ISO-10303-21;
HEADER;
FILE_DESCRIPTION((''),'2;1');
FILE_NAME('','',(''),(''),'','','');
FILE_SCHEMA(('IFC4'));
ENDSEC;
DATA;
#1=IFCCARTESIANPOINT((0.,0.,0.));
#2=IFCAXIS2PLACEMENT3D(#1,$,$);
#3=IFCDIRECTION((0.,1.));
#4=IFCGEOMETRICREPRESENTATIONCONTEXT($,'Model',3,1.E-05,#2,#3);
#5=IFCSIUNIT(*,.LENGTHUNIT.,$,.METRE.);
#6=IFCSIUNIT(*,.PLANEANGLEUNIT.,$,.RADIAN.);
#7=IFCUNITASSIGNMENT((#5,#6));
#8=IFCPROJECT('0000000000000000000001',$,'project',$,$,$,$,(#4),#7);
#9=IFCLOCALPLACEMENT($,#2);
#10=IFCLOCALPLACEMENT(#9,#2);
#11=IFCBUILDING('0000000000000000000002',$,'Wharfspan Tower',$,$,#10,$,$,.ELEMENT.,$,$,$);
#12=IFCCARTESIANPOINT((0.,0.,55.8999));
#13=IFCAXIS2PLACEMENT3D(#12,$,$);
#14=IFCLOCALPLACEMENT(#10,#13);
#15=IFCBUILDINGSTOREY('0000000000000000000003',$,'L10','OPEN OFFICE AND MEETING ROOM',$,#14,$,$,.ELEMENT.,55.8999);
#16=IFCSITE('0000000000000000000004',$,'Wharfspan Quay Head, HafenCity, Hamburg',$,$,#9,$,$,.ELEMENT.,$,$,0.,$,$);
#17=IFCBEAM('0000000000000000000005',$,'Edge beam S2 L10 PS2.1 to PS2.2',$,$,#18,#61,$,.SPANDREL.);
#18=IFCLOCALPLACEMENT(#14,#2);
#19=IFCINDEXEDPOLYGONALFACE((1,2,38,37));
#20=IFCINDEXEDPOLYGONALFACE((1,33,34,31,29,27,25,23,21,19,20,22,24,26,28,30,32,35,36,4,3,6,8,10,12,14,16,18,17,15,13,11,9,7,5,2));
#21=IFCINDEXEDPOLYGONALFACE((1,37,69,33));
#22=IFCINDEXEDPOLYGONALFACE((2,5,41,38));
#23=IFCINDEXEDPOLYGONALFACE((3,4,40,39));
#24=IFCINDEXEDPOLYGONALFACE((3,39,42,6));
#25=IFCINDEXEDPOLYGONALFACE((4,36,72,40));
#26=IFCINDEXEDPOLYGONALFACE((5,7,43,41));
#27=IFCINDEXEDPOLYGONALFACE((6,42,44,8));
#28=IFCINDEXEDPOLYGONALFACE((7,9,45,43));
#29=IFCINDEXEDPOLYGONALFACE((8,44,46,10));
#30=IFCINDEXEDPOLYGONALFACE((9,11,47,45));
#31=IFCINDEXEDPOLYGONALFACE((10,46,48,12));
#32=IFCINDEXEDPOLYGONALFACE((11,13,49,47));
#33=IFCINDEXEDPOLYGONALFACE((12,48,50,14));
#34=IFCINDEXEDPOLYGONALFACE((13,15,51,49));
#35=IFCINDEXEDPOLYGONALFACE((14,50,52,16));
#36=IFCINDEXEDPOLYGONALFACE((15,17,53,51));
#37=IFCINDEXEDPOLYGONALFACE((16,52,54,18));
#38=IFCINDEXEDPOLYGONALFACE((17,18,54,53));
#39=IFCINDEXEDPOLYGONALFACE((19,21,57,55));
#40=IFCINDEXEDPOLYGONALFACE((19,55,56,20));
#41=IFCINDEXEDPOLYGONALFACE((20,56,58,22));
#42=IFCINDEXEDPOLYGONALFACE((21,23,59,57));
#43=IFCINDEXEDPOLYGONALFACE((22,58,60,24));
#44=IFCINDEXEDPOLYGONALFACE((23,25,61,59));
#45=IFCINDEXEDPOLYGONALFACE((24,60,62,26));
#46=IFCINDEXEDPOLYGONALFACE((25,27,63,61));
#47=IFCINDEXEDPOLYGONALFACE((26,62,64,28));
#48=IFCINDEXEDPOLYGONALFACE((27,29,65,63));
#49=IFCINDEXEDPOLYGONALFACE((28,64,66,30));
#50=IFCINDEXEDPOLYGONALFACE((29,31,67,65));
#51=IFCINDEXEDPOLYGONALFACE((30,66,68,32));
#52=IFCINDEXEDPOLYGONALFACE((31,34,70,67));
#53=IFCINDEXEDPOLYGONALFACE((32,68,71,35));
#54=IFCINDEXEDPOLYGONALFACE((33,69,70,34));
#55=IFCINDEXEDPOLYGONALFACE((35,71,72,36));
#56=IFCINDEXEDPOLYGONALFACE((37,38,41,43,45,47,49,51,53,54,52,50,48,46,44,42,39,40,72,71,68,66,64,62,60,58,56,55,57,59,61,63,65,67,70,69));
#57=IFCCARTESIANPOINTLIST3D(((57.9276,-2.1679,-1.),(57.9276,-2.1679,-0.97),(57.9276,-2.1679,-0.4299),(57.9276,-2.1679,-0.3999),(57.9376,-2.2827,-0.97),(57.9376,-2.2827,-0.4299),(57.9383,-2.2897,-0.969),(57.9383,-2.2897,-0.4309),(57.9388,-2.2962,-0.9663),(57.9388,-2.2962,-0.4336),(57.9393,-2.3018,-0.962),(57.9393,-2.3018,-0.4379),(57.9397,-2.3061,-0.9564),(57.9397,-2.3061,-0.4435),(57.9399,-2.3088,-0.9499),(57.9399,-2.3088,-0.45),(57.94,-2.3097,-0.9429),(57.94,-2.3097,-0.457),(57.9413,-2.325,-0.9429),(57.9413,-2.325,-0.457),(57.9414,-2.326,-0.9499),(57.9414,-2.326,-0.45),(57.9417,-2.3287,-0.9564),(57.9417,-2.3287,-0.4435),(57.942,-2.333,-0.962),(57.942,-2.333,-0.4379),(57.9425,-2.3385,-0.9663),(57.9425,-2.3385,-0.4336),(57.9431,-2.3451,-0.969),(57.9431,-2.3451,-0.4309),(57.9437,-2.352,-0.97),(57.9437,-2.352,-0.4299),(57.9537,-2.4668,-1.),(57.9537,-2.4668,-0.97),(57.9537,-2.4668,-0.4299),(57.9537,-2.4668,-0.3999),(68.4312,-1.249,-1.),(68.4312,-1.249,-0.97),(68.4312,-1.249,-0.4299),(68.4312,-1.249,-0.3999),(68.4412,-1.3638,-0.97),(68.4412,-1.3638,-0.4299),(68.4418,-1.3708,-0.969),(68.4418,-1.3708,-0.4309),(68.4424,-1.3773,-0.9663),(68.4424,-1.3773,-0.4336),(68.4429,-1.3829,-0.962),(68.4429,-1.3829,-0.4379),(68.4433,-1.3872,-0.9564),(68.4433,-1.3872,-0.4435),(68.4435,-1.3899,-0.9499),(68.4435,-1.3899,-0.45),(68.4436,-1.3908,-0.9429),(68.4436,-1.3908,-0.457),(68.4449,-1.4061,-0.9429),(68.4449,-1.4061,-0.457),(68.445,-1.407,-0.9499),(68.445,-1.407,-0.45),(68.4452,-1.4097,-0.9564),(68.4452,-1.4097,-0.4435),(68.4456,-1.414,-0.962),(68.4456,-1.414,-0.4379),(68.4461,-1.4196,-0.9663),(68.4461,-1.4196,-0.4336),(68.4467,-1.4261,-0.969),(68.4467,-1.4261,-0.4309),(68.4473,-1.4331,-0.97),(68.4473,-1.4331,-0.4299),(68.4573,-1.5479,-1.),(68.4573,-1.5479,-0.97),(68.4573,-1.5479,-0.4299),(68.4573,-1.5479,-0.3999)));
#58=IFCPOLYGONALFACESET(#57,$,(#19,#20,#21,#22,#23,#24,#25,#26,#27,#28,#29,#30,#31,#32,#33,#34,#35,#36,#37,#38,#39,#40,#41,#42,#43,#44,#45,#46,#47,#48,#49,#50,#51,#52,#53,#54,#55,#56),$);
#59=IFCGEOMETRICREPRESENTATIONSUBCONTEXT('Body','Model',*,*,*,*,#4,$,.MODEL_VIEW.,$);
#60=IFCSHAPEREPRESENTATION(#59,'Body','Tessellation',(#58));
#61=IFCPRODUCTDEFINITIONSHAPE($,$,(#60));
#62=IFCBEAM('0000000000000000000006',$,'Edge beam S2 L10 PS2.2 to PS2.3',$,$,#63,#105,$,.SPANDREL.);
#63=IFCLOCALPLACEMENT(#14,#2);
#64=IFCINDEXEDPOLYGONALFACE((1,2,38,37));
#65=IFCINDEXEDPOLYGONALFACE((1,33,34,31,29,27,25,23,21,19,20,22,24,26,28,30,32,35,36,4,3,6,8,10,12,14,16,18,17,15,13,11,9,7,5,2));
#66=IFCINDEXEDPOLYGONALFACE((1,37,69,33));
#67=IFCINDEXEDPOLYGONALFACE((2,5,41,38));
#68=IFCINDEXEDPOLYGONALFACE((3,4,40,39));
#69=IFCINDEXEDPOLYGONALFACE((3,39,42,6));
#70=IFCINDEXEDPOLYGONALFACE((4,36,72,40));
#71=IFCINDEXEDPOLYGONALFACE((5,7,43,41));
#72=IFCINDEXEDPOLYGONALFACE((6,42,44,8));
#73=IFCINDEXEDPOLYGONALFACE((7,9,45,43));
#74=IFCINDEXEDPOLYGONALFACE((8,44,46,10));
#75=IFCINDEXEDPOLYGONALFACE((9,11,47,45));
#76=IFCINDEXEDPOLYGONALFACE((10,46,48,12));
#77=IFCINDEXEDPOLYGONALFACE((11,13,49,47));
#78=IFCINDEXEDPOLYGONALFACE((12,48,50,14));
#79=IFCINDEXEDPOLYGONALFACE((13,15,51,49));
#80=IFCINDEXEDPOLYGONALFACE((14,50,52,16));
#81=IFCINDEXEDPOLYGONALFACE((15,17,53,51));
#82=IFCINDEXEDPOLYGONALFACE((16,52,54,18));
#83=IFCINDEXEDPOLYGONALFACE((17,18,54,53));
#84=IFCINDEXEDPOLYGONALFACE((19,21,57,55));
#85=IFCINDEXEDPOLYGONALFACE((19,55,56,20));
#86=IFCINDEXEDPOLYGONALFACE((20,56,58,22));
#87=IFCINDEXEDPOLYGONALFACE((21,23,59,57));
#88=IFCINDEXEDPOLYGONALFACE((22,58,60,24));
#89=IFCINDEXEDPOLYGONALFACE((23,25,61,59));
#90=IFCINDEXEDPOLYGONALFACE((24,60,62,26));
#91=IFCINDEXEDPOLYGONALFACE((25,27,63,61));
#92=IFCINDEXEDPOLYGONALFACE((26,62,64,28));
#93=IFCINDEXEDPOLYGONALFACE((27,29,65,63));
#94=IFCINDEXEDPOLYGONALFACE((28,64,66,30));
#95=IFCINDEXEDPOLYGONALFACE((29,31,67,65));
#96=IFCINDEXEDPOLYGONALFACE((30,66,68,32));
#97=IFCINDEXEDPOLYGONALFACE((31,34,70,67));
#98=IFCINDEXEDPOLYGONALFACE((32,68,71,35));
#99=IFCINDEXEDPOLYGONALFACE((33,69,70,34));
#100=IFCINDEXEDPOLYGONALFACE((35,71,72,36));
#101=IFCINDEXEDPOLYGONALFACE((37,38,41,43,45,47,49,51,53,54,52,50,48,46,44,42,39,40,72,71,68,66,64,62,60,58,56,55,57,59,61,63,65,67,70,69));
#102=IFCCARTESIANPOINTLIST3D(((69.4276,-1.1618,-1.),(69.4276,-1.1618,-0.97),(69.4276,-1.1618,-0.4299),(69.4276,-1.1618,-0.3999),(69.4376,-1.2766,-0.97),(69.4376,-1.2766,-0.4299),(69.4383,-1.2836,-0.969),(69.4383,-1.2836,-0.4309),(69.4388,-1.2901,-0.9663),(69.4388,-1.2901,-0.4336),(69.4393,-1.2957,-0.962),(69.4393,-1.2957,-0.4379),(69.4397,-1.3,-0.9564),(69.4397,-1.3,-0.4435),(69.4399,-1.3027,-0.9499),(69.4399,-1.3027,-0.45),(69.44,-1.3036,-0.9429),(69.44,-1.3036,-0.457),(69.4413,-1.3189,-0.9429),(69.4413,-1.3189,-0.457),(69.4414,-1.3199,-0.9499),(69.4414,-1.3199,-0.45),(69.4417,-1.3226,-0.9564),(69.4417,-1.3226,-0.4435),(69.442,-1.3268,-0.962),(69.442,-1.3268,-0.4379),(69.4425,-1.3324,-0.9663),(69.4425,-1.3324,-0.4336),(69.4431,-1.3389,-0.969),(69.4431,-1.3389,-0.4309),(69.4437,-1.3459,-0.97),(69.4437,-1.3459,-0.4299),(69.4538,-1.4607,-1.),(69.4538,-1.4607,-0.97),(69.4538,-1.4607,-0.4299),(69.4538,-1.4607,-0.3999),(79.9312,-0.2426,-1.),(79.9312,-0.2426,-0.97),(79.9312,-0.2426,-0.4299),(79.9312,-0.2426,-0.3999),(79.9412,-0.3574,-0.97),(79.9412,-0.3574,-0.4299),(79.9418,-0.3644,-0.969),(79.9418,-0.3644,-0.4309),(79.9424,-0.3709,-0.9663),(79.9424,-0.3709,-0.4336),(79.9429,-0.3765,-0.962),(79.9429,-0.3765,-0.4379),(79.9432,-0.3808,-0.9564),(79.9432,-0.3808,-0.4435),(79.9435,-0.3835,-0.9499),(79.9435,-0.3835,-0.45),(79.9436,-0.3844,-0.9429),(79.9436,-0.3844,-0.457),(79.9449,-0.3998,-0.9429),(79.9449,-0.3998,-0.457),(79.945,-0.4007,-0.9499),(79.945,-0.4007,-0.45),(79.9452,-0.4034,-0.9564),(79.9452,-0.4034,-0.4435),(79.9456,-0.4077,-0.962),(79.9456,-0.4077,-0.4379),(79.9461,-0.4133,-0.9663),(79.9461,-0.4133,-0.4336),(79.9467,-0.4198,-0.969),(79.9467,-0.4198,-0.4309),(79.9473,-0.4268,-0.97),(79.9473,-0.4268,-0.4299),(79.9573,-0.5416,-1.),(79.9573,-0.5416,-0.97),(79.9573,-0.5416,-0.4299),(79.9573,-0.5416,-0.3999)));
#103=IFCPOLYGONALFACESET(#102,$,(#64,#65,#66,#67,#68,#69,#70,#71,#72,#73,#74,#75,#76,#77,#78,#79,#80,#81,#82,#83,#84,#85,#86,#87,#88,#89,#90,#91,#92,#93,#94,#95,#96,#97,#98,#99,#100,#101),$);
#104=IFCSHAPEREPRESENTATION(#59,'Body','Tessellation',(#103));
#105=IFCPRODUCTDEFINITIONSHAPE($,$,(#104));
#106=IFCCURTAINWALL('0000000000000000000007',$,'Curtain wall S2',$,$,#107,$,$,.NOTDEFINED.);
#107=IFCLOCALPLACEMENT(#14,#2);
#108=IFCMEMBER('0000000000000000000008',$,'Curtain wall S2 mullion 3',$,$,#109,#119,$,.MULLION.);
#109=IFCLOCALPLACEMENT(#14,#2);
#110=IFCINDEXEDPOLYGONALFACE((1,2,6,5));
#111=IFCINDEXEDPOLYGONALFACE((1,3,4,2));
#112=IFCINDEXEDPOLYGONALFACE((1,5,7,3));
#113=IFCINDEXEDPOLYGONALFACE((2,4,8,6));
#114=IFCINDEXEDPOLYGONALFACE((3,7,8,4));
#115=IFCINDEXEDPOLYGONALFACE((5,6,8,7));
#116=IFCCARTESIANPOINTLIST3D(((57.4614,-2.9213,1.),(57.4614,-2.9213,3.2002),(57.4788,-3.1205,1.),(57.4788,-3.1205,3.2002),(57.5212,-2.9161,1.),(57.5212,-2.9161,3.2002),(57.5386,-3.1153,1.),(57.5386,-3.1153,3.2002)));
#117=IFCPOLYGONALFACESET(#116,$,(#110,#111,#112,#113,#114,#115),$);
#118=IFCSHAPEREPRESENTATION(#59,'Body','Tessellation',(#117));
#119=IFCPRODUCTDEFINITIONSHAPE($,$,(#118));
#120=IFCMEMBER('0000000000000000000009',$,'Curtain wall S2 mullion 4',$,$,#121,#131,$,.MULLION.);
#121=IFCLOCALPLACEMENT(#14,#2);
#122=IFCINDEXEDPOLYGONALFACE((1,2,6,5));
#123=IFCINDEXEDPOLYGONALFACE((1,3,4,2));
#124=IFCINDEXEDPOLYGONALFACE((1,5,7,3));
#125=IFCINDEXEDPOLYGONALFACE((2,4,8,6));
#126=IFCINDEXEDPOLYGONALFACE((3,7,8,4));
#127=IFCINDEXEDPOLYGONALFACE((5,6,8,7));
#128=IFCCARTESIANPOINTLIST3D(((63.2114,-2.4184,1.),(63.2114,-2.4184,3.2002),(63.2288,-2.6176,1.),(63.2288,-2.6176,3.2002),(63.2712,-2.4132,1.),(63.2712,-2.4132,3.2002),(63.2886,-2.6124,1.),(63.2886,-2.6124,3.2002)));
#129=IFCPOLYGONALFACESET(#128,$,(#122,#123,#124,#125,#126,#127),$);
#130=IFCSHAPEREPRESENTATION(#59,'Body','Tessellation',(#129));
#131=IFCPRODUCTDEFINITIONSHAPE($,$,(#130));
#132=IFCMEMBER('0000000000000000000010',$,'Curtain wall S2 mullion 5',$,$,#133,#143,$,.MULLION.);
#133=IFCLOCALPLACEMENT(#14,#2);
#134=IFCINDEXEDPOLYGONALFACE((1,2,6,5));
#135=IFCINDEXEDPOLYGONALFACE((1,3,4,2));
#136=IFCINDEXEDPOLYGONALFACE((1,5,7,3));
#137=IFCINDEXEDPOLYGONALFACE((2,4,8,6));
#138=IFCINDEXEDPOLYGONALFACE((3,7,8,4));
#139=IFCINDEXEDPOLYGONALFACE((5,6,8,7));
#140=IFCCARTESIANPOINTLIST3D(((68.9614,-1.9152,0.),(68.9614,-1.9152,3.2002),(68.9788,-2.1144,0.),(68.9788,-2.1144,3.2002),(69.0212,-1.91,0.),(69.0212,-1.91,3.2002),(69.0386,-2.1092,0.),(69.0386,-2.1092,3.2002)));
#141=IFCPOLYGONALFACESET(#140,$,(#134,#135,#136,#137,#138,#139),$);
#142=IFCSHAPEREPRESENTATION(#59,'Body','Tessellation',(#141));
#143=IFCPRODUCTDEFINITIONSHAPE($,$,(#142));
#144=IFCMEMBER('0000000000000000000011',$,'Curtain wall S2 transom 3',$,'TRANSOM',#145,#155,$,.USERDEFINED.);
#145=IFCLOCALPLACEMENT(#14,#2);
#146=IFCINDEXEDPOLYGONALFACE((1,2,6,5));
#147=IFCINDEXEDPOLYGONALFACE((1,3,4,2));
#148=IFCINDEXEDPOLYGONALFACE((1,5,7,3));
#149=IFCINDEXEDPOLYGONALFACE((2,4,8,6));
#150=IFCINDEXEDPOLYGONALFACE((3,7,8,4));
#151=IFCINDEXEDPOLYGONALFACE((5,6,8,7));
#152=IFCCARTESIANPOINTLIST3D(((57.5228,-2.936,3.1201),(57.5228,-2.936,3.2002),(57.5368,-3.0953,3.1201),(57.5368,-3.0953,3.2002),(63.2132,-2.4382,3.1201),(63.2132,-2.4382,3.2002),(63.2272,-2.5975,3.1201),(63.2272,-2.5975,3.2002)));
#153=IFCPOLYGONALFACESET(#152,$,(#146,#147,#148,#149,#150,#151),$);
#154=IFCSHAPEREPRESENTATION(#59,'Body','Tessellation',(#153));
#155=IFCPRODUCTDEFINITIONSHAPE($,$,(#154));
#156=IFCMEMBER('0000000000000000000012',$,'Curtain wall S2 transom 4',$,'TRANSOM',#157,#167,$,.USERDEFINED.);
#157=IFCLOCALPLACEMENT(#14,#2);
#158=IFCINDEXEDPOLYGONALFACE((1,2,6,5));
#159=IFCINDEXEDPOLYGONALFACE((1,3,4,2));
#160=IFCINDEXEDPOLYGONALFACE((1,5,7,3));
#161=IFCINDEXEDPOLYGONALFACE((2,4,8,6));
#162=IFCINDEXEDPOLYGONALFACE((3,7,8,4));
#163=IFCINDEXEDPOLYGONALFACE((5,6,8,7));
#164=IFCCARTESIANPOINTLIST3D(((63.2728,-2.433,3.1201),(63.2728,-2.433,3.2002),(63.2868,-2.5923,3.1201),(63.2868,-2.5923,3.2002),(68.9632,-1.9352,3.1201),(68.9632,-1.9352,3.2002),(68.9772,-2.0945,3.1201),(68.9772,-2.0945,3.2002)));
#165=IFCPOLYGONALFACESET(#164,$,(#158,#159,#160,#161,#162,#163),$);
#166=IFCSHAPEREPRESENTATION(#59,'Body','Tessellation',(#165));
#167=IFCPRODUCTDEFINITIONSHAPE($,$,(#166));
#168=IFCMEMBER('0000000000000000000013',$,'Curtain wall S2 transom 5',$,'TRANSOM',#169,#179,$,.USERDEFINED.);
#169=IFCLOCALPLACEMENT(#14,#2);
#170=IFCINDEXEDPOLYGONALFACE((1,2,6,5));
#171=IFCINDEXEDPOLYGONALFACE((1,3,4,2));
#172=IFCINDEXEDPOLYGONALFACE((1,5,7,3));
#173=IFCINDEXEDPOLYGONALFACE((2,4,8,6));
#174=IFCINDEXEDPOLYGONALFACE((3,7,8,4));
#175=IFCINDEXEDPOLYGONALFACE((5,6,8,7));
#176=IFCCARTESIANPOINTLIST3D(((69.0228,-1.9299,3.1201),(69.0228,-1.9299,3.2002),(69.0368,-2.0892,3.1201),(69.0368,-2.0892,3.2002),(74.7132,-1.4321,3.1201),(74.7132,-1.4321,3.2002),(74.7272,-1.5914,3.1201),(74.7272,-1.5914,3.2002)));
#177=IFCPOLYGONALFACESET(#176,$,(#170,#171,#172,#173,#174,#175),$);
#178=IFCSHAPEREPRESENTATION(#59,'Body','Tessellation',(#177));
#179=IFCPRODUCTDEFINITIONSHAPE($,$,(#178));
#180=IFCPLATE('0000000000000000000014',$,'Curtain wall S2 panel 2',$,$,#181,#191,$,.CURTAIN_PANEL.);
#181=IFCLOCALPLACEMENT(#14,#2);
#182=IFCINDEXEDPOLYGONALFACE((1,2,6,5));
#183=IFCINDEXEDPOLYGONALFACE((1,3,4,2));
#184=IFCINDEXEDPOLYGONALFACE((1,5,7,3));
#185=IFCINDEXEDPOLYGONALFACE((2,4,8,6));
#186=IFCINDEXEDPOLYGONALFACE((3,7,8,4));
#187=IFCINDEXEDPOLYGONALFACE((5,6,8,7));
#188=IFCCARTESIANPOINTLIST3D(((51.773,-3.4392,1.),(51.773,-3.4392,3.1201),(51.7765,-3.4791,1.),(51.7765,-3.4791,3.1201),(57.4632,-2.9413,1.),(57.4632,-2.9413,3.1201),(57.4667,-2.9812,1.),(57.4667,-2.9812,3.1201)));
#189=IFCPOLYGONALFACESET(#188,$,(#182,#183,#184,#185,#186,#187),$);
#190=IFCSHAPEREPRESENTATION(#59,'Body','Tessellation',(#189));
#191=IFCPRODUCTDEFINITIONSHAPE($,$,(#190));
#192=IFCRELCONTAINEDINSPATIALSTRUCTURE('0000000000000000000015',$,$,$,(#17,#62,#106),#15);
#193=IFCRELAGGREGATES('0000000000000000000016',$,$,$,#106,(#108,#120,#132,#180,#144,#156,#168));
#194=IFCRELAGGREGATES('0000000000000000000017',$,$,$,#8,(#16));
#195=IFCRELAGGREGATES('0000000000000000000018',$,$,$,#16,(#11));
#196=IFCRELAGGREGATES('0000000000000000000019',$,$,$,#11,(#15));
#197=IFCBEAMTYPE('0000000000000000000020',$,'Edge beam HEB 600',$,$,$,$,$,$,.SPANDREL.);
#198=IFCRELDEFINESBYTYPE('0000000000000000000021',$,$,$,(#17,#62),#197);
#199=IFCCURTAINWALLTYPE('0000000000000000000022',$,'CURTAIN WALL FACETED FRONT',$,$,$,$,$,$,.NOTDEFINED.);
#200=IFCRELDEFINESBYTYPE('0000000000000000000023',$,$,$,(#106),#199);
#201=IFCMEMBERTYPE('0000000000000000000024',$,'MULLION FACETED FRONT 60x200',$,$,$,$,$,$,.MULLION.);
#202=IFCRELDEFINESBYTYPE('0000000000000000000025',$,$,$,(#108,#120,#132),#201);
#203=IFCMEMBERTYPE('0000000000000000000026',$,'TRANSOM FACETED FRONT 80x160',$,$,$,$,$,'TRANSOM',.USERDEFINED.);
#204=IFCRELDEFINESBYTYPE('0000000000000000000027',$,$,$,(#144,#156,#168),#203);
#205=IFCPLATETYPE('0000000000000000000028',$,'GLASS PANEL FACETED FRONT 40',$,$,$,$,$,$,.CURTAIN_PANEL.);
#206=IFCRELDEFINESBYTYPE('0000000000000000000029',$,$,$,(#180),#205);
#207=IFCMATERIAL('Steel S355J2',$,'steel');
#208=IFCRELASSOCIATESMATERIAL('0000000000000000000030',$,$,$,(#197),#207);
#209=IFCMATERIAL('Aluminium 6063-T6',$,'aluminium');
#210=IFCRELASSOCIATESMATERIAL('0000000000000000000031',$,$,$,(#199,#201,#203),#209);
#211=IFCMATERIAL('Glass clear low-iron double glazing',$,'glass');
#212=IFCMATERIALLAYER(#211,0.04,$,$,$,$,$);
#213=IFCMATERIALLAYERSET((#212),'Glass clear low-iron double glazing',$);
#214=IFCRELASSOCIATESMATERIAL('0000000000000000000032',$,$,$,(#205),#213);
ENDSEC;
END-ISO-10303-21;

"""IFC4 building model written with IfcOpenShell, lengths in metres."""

from ifc_helpers import new_model, si_unit, direction, frame, origin, origin_2d, place, context, subcontext, project, spatial, rectangle, i_section, extrude, material, layer, layer_set, material_profile, profile_set, type_object, element, aggregate, save


model = new_model("IFC4")

# Units and contexts
model_context = context("Model", 3, precision=1e-05, world=origin(), true_north=direction((0.0, 1.0)))
body_context = subcontext(model_context, "Body", "Model", "MODEL_VIEW")
ifc_project = project(units=[si_unit("LENGTHUNIT", "METRE"), si_unit("PLANEANGLEUNIT", "RADIAN")], contexts=[model_context])

# Site, building, storey
site_placement = place(None, origin())
site = spatial("IfcSite", under=ifc_project, at=site_placement, Name="Wharfspan Quay Head, HafenCity, Hamburg", CompositionType="ELEMENT", RefElevation=0.0)
building_placement = place(site_placement, origin())
building = spatial("IfcBuilding", under=site, at=building_placement, Name="Wharfspan Tower", CompositionType="ELEMENT")
storey_placement = place(building_placement, frame((0.0, 0.0, 55.8999)))
storey = spatial("IfcBuildingStorey", under=building, at=storey_placement, Name="L10", Description="OPEN OFFICE AND MEETING ROOM", CompositionType="ELEMENT", Elevation=55.8999)

# Shared definitions
ifc_material_1 = material(Name="Steel S355J2", Category="steel")

# Beams
ifc_material_profile_1 = material_profile(ifc_material_1, i_section(OverallWidth=0.3, OverallDepth=0.6001, WebThickness=0.0154, FlangeThickness=0.03, FilletRadius=0.0271, at=origin_2d()))
ifc_profile_set_1 = profile_set([ifc_material_profile_1], Name="Steel S355J2")
beam_type = type_object("IfcBeamType", Name="Edge beam HEB 600", PredefinedType="SPANDREL", material=ifc_profile_set_1)
for number, where, z_axis, x_axis, name in (
    (1, (57.9407, -2.3174, -0.7), (0.996195, 0.087155, 0.0), (-0.087155, 0.996195, 0.0), "Edge beam S2 L10 PS2.1 to PS2.2"),
    (2, (69.4407, -1.3113, -0.7), (0.996193, 0.087178, 0.0), (-0.087178, 0.996193, 0.0), "Edge beam S2 L10 PS2.2 to PS2.3"),
):
    element("IfcBeam", number, at=place(storey_placement, frame(where, z_axis=z_axis, x_axis=x_axis)), inside=storey, type_object=beam_type, Name=name, PredefinedType="SPANDREL", context=body_context, shape_type="SweptSolid", body=[
        extrude(i_section(OverallWidth=0.3, OverallDepth=0.6001, WebThickness=0.0154, FlangeThickness=0.03, FilletRadius=0.0271, at=origin_2d()), origin(), (0.0, 0.0, 1.0), 10.5437),
    ])

# Curtain wall, members, plate
ifc_material_2 = material(Name="Aluminium 6063-T6", Category="aluminium")
curtain_wall_type = type_object("IfcCurtainWallType", Name="CURTAIN WALL FACETED FRONT", PredefinedType="NOTDEFINED", material=ifc_material_2)
curtain_wall_placement = place(storey_placement, origin())
curtain_wall = element("IfcCurtainWall", 3, at=curtain_wall_placement, inside=storey, type_object=curtain_wall_type, Name="Curtain wall S2", PredefinedType="NOTDEFINED")
ifc_material_profile_2 = material_profile(ifc_material_2, rectangle(XDim=0.2, YDim=0.0601, at=origin_2d()))
ifc_profile_set_2 = profile_set([ifc_material_profile_2], Name="Aluminium 6063-T6")
member_type_1 = type_object("IfcMemberType", Name="MULLION FACETED FRONT 60x200", PredefinedType="MULLION", material=ifc_profile_set_2)
member_1_placement = place(storey_placement, frame((57.5, -3.0183, 1.0), z_axis=(0.0, 0.0, 1.0), x_axis=(-0.087156, 0.996197, 0.0)))
member_1 = element("IfcMember", 4, at=member_1_placement, type_object=member_type_1, Name="Curtain wall S2 mullion 3", PredefinedType="MULLION", context=body_context, shape_type="SweptSolid", body=[
    extrude(rectangle(XDim=0.2, YDim=0.0601, at=origin_2d()), origin(), (0.0, 0.0, 1.0), 2.2002),
])
member_2_placement = place(storey_placement, frame((63.25, -2.5154, 1.0), z_axis=(0.0, 0.0, 1.0), x_axis=(-0.087156, 0.996197, 0.0)))
member_2 = element("IfcMember", 5, at=member_2_placement, type_object=member_type_1, Name="Curtain wall S2 mullion 4", PredefinedType="MULLION", context=body_context, shape_type="SweptSolid", body=[
    extrude(rectangle(XDim=0.2, YDim=0.0601, at=origin_2d()), origin(), (0.0, 0.0, 1.0), 2.2002),
])
member_3_placement = place(storey_placement, frame((69.0, -2.0122, 0.0), z_axis=(0.0, 0.0, 1.0), x_axis=(-0.087156, 0.996197, 0.0)))
member_3 = element("IfcMember", 6, at=member_3_placement, type_object=member_type_1, Name="Curtain wall S2 mullion 5", PredefinedType="MULLION", context=body_context, shape_type="SweptSolid", body=[
    extrude(rectangle(XDim=0.2, YDim=0.0601, at=origin_2d()), origin(), (0.0, 0.0, 1.0), 3.2002),
])
ifc_material_profile_3 = material_profile(ifc_material_2, rectangle(XDim=0.1599, YDim=0.0801, at=origin_2d()))
ifc_profile_set_3 = profile_set([ifc_material_profile_3], Name="Aluminium 6063-T6")
member_type_2 = type_object("IfcMemberType", Name="TRANSOM FACETED FRONT 80x160", ElementType="TRANSOM", PredefinedType="USERDEFINED", material=ifc_profile_set_3)
member_4_placement = place(storey_placement, frame((57.5298, -3.0156, 3.1602), z_axis=(0.996195, 0.087148, 0.0), x_axis=(-0.087148, 0.996195, 0.0)))
member_4 = element("IfcMember", 7, at=member_4_placement, type_object=member_type_2, Name="Curtain wall S2 transom 3", ObjectType="TRANSOM", PredefinedType="USERDEFINED", context=body_context, shape_type="SweptSolid", body=[
    extrude(rectangle(XDim=0.1599, YDim=0.0801, at=origin_2d()), origin(), (0.0, 0.0, 1.0), 5.7122),
])
member_5_placement = place(storey_placement, frame((63.2798, -2.5127, 3.1602), z_axis=(0.996195, 0.087148, 0.0), x_axis=(-0.087148, 0.996195, 0.0)))
member_5 = element("IfcMember", 8, at=member_5_placement, type_object=member_type_2, Name="Curtain wall S2 transom 4", ObjectType="TRANSOM", PredefinedType="USERDEFINED", context=body_context, shape_type="SweptSolid", body=[
    extrude(rectangle(XDim=0.1599, YDim=0.0801, at=origin_2d()), origin(), (0.0, 0.0, 1.0), 5.7122),
])
member_6_placement = place(storey_placement, frame((69.0298, -2.0095, 3.1602), z_axis=(0.996195, 0.087148, 0.0), x_axis=(-0.087148, 0.996195, 0.0)))
member_6 = element("IfcMember", 9, at=member_6_placement, type_object=member_type_2, Name="Curtain wall S2 transom 5", ObjectType="TRANSOM", PredefinedType="USERDEFINED", context=body_context, shape_type="SweptSolid", body=[
    extrude(rectangle(XDim=0.1599, YDim=0.0801, at=origin_2d()), origin(), (0.0, 0.0, 1.0), 5.7122),
])
ifc_material_3 = material(Name="Glass clear low-iron double glazing", Category="glass")
ifc_layer_1 = layer(ifc_material_3, 0.04)
ifc_layer_set_1 = layer_set([ifc_layer_1], Name="Glass clear low-iron double glazing")
plate_type_1 = type_object("IfcPlateType", Name="GLASS PANEL FACETED FRONT 40", PredefinedType="CURTAIN_PANEL", material=ifc_layer_set_1)
plate_1_placement = place(storey_placement, frame((54.6199, -3.2102, 1.0), z_axis=(0.0, 0.0, 1.0), x_axis=(0.996197, 0.087156, 0.0)))
plate_1 = element("IfcPlate", 10, at=plate_1_placement, type_object=plate_type_1, Name="Curtain wall S2 panel 2", PredefinedType="CURTAIN_PANEL", context=body_context, shape_type="SweptSolid", body=[
    extrude(rectangle(XDim=5.7119, YDim=0.04, at=origin_2d()), origin(), (0.0, 0.0, 1.0), 2.1201),
])
aggregate(curtain_wall, [member_1, member_2, member_3, plate_1, member_4, member_5, member_6])

save(model, "model.ifc")
